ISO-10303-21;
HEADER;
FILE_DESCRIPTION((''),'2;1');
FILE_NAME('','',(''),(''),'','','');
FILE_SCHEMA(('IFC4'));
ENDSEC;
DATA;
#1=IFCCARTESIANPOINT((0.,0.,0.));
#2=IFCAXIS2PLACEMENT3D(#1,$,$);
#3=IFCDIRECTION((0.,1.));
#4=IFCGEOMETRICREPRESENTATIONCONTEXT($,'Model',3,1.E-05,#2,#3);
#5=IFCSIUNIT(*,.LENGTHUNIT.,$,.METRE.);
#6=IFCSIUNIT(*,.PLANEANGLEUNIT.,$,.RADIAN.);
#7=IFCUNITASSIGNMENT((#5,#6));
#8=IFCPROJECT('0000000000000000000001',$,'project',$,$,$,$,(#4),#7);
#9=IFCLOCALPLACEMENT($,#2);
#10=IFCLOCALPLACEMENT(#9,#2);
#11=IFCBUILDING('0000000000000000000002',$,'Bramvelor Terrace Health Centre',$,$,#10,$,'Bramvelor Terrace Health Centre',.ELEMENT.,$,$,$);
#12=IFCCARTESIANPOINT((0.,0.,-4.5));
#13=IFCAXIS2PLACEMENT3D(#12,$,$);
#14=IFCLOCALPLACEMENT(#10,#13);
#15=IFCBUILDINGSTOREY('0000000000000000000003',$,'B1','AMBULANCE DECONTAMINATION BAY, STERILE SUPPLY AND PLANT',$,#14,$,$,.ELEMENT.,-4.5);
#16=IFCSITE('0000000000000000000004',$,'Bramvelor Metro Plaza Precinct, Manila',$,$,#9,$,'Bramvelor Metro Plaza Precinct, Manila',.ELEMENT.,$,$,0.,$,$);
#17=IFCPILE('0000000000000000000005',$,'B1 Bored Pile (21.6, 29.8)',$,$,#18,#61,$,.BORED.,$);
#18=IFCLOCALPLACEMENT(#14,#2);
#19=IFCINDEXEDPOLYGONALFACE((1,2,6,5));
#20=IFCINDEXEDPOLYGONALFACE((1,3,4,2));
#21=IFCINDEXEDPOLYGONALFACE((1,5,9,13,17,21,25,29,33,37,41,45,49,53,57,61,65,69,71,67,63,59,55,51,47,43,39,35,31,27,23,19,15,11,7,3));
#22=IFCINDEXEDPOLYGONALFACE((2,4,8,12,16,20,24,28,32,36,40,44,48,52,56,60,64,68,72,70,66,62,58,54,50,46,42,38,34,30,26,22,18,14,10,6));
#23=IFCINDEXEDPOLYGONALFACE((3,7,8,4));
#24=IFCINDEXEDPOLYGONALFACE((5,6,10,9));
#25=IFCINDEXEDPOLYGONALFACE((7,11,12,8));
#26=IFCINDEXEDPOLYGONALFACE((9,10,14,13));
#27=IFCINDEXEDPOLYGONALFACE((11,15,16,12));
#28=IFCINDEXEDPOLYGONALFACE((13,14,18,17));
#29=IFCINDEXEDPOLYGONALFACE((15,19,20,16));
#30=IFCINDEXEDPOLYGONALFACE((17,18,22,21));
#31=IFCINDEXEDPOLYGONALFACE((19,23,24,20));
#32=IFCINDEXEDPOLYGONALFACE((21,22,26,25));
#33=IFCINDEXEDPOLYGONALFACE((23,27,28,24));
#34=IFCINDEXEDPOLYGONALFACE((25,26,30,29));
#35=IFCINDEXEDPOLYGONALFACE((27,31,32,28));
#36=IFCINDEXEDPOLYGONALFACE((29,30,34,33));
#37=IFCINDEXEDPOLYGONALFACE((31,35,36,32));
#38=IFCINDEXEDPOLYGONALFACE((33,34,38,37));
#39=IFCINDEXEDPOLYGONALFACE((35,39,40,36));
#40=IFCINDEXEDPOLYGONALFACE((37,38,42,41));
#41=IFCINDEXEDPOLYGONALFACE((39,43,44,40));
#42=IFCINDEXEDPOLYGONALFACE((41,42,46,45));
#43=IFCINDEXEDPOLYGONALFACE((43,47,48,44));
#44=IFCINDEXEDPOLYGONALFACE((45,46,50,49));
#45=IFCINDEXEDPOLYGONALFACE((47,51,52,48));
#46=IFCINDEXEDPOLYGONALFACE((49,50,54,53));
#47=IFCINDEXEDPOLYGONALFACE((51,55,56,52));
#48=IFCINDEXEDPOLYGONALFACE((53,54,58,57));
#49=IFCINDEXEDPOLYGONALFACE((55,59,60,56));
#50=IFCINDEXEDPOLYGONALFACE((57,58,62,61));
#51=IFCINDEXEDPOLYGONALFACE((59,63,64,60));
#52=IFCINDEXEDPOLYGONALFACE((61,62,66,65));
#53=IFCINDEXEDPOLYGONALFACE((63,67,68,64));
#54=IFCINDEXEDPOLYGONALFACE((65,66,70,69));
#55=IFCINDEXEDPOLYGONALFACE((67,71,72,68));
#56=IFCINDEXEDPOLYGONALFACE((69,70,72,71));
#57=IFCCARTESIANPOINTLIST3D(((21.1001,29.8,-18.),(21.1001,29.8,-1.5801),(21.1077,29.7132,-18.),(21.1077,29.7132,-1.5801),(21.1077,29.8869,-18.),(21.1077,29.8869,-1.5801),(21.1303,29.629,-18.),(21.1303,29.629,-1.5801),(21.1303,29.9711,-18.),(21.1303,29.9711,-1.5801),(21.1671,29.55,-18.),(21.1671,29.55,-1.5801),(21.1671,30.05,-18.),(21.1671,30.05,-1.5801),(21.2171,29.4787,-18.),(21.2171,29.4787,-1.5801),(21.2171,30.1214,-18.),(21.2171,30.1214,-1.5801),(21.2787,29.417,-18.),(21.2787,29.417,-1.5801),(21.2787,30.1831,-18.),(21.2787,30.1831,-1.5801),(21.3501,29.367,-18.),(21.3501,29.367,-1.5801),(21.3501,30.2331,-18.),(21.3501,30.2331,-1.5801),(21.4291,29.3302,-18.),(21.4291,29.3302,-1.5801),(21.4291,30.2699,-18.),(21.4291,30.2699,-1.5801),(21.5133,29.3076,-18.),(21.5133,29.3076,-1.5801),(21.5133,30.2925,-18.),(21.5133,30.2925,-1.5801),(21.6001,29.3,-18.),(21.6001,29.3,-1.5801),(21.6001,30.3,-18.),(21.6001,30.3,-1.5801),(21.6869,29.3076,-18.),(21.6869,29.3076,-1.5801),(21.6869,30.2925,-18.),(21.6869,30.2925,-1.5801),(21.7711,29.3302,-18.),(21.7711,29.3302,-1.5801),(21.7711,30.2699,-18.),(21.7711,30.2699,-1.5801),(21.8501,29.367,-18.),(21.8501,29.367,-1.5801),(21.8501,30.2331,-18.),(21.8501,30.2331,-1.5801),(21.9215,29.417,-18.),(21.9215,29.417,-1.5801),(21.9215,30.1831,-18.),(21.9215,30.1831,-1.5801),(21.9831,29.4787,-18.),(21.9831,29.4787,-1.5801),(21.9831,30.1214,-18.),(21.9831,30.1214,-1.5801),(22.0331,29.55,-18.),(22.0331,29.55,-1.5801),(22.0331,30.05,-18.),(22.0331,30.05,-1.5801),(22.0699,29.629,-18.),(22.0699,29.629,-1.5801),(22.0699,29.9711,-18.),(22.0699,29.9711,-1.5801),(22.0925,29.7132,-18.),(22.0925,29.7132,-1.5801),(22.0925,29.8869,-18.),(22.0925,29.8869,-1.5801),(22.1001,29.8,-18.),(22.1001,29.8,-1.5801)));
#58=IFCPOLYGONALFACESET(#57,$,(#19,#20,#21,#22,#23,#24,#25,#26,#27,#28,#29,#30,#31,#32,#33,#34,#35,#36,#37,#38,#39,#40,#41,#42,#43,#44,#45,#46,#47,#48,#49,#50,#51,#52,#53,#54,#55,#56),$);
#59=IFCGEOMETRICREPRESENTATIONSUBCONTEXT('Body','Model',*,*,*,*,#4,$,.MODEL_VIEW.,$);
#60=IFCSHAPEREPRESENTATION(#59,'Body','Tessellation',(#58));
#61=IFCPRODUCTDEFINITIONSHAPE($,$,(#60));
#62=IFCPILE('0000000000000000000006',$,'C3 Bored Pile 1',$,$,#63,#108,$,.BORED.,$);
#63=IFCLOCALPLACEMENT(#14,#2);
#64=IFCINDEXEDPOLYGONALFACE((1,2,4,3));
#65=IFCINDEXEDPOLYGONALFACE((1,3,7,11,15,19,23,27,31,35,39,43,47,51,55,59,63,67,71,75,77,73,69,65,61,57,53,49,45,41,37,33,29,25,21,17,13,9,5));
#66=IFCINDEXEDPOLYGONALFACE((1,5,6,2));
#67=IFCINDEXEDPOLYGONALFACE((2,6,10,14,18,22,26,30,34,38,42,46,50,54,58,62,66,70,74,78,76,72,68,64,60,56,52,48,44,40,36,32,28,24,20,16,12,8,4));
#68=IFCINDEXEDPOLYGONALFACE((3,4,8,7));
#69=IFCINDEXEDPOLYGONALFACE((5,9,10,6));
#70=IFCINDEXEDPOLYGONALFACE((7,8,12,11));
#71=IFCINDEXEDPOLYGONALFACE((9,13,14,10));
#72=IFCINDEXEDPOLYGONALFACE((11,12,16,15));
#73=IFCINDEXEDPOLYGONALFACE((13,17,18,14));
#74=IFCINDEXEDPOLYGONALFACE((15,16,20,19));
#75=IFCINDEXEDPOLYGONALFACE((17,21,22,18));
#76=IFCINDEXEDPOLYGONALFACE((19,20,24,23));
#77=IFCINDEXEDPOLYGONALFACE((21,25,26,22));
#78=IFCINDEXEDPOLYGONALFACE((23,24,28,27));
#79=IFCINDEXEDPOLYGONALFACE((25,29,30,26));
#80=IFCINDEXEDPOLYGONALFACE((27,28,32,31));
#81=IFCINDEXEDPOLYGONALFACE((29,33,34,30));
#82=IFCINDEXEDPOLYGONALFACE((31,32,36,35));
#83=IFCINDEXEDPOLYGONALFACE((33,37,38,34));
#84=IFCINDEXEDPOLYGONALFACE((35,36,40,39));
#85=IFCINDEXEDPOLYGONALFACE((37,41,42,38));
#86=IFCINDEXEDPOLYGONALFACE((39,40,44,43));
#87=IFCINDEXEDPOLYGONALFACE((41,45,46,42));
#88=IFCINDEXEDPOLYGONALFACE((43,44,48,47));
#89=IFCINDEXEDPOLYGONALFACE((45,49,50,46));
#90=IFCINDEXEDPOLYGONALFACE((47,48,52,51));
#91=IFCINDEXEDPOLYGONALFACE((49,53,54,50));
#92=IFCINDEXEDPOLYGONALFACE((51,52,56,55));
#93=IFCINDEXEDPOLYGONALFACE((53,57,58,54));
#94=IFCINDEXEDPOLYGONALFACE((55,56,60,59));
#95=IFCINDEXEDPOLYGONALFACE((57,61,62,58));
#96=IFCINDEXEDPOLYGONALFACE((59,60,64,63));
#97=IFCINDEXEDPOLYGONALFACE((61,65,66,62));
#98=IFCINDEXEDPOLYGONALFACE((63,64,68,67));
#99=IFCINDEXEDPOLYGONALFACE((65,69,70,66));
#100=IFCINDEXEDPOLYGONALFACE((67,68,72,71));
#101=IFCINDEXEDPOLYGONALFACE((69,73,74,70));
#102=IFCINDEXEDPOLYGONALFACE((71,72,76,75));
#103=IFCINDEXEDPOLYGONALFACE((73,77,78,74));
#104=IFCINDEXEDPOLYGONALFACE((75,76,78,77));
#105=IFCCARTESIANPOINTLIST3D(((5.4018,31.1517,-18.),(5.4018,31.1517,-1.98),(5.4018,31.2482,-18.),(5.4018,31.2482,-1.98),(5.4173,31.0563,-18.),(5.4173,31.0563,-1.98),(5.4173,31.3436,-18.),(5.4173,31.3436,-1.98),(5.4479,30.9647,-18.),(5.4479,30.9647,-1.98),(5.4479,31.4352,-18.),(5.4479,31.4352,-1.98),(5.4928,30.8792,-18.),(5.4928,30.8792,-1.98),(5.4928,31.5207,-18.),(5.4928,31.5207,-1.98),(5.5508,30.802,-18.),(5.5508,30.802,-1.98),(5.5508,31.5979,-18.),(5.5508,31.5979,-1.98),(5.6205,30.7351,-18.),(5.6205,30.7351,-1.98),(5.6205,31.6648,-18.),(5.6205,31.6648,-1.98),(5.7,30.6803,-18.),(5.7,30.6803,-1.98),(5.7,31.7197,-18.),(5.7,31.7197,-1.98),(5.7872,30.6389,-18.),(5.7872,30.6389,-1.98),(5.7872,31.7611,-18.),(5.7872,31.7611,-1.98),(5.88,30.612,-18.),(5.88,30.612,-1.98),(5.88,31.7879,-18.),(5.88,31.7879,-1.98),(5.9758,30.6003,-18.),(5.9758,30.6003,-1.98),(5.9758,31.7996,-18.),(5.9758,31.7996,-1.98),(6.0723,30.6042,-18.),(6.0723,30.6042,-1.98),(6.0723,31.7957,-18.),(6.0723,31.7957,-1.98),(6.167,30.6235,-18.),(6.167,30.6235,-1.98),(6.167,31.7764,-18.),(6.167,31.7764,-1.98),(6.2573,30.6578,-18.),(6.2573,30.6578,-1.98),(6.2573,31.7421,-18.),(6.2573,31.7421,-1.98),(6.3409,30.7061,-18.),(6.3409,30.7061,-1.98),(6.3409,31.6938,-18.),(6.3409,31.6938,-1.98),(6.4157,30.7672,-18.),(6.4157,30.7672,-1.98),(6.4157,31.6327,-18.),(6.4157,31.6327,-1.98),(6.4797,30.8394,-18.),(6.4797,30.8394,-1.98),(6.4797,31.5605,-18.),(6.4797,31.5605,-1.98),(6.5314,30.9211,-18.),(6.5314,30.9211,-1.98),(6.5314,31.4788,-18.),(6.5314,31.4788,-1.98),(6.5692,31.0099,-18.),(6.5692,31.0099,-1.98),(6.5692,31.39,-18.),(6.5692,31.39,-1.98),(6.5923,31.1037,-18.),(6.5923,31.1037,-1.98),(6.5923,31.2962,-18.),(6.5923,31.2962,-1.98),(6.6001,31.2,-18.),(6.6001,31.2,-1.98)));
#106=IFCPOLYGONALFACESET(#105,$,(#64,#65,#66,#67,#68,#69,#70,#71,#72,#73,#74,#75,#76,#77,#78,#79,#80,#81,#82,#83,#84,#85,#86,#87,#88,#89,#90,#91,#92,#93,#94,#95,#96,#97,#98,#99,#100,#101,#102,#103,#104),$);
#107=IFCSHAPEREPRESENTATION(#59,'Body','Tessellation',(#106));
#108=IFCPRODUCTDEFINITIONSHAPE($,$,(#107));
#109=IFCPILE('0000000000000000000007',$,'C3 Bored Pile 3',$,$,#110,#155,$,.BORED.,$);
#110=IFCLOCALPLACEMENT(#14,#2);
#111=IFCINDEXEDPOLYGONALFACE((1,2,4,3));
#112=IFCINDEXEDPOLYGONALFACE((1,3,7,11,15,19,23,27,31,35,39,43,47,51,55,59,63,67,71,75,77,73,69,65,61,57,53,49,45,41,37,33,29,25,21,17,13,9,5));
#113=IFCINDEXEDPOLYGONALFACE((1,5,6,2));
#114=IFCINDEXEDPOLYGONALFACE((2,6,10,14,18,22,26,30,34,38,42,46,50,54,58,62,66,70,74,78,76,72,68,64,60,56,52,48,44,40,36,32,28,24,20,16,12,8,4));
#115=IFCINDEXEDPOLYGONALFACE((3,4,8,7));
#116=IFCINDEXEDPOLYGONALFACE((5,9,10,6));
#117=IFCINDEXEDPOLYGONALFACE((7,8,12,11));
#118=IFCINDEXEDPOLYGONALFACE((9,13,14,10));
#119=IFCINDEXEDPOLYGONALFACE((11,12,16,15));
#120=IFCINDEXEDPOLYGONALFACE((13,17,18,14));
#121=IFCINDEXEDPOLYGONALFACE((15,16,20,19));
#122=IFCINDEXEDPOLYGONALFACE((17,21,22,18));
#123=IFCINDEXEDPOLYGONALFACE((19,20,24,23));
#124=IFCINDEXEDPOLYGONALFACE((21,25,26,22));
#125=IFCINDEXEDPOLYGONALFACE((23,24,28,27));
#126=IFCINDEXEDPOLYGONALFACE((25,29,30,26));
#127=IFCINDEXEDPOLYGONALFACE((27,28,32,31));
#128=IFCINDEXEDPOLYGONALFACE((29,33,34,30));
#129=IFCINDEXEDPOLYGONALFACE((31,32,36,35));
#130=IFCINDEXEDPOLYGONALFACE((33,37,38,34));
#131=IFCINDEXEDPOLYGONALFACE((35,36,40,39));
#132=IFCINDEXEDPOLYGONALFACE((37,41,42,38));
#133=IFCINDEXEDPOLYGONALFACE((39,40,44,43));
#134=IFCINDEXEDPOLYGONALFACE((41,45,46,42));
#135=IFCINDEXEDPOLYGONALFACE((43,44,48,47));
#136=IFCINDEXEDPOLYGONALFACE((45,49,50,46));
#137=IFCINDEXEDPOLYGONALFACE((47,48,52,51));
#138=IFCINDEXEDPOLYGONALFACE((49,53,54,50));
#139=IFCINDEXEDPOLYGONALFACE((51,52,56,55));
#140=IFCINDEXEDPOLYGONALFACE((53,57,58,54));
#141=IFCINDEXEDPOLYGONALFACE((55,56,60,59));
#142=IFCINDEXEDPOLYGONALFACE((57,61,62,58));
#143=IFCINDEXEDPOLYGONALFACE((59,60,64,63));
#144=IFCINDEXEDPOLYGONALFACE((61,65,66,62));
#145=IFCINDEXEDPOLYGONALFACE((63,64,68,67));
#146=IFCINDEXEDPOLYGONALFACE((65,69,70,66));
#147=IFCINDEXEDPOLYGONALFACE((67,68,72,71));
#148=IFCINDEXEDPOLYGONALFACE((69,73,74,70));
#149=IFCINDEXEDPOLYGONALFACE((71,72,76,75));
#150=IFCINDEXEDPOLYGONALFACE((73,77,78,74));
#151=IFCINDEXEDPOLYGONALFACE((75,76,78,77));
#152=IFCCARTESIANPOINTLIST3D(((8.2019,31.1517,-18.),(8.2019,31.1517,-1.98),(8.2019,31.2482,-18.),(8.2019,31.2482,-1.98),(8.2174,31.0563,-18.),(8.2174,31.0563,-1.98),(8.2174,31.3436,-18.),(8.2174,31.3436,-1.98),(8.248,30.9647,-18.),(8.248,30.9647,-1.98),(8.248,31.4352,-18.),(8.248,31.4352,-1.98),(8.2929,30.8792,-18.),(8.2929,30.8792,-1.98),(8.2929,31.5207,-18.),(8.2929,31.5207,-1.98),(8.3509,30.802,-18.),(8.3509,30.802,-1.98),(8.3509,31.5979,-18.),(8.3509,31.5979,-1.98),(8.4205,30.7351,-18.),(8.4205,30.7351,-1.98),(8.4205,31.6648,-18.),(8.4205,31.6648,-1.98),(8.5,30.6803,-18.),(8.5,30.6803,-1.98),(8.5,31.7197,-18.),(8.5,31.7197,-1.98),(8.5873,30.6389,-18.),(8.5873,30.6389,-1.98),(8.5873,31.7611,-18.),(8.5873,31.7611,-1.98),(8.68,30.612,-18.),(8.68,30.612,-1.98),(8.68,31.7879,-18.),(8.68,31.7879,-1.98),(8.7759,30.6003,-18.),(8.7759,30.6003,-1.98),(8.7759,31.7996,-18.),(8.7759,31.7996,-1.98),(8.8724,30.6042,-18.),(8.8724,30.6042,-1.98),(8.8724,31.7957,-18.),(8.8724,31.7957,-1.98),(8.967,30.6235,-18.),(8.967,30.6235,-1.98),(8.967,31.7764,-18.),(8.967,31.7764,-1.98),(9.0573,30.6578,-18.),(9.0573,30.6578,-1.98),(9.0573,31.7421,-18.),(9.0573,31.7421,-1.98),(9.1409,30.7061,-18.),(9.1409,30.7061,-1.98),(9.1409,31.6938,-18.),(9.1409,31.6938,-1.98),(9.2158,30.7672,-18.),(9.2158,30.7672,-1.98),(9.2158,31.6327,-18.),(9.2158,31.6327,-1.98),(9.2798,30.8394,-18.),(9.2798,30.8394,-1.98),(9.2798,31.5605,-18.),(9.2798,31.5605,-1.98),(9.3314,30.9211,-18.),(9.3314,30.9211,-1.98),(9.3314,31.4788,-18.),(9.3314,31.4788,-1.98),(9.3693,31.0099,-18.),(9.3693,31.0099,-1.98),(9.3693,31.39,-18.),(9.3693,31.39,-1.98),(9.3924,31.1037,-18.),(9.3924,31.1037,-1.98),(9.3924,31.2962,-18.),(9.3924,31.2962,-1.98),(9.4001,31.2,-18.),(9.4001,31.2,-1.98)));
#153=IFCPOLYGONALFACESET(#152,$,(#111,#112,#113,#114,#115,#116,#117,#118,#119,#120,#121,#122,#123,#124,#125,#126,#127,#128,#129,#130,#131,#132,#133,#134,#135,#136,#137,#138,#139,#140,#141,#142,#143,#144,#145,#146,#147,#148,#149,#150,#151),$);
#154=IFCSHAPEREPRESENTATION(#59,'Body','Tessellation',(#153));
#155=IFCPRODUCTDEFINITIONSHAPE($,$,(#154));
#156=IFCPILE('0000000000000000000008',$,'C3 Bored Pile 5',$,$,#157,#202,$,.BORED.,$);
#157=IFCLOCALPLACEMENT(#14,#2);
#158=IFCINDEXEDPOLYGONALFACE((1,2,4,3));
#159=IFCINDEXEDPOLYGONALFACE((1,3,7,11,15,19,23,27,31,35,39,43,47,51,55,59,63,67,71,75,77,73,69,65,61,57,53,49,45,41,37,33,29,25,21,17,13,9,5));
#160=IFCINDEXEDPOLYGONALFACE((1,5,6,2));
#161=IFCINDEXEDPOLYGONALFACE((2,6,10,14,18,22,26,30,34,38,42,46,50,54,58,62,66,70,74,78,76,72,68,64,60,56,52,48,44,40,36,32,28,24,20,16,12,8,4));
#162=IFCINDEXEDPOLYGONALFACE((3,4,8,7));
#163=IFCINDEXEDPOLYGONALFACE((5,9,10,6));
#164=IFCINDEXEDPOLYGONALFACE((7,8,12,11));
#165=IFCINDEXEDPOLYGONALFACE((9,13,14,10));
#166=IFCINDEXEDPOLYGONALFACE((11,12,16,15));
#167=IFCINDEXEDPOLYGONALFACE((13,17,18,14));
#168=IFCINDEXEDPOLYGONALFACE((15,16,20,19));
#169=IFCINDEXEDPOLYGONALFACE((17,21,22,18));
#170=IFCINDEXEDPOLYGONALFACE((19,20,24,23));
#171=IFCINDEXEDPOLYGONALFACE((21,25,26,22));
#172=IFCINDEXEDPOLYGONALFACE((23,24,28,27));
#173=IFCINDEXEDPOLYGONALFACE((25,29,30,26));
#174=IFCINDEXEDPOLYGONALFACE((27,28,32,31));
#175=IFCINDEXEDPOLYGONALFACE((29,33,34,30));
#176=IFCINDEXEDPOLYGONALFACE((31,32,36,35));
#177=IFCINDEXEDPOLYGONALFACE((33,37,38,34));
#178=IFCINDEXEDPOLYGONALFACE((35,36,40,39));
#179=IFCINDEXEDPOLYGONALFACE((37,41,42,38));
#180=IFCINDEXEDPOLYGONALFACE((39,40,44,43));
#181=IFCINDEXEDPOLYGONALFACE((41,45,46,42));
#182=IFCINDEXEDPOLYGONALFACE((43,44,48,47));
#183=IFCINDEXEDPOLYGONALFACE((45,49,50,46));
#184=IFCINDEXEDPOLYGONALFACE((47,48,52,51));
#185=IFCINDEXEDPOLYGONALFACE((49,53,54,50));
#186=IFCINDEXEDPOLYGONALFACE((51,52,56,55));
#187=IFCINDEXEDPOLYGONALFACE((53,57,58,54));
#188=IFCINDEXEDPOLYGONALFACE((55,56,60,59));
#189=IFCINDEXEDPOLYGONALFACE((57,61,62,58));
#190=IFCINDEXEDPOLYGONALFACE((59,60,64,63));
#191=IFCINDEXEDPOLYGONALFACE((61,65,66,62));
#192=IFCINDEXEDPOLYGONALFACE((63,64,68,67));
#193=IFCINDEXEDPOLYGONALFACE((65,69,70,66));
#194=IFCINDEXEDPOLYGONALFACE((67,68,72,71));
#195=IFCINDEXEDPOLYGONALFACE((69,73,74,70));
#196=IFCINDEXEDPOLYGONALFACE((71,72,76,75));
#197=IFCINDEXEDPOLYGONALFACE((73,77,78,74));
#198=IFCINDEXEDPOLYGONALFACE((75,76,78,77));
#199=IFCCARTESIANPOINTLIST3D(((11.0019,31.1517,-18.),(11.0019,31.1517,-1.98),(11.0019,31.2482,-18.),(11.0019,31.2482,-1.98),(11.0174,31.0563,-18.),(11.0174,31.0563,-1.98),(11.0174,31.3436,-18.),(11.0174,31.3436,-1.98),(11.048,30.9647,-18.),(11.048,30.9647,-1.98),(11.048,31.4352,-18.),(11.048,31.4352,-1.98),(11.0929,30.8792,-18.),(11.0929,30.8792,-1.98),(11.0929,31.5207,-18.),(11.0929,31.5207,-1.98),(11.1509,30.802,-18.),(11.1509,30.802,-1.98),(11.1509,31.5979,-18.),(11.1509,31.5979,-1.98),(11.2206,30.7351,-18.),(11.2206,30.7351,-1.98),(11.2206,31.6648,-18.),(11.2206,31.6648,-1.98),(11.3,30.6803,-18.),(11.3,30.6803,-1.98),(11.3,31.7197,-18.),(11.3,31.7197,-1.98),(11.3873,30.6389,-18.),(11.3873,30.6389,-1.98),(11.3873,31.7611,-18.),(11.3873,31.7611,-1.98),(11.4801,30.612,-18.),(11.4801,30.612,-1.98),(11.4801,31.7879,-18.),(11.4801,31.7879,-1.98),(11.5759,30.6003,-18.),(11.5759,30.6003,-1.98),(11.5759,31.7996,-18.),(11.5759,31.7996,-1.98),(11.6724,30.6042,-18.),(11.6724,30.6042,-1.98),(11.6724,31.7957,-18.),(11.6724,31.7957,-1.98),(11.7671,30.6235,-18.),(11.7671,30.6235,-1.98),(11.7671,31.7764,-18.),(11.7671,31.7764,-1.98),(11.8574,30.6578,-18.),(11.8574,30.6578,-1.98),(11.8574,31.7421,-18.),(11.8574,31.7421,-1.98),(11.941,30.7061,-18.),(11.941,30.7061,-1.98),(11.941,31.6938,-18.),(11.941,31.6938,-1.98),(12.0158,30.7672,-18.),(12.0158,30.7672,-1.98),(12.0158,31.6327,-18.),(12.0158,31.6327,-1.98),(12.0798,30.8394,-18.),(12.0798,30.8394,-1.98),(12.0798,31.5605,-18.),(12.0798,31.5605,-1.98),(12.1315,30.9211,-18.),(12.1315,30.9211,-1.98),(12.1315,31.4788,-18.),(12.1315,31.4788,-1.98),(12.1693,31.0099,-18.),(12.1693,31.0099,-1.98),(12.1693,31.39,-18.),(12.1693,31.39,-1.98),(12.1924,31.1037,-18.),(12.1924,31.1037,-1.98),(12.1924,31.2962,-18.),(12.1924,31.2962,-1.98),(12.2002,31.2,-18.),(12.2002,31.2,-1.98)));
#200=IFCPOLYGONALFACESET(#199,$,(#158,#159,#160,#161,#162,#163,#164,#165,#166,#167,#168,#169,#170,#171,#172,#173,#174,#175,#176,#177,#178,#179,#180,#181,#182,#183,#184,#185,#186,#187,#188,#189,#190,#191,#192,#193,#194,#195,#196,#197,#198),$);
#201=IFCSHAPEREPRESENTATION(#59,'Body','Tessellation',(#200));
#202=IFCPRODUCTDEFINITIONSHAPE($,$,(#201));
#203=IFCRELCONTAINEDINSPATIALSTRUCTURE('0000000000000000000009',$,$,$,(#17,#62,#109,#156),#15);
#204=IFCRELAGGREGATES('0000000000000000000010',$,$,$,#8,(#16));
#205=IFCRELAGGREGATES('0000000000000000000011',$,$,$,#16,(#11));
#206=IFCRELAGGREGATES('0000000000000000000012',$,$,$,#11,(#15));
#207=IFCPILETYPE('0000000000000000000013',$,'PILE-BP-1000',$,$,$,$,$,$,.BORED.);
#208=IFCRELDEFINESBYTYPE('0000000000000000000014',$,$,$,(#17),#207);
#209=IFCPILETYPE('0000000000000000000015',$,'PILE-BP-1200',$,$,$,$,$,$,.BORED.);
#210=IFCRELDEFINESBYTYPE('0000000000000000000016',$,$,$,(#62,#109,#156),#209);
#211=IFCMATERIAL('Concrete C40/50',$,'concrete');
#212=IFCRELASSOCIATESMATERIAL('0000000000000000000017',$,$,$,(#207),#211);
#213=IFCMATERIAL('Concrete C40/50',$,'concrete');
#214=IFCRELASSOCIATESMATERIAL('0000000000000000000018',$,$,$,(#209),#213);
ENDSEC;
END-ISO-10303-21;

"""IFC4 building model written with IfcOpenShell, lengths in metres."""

from ifc_helpers import new_model, si_unit, direction, frame, origin, origin_2d, place, context, subcontext, project, spatial, circle, extrude, material, material_profile, profile_set, type_object, element, save


model = new_model("IFC4")

# Units and contexts
model_context = context("Model", 3, precision=1e-05, world=origin(), true_north=direction((0.0, 1.0)))
body_context = subcontext(model_context, "Body", "Model", "MODEL_VIEW")
ifc_project = project(units=[si_unit("LENGTHUNIT", "METRE"), si_unit("PLANEANGLEUNIT", "RADIAN")], contexts=[model_context])

# Site, building, storey
site_placement = place(None, origin())
site = spatial("IfcSite", under=ifc_project, at=site_placement, Name="Bramvelor Metro Plaza Precinct, Manila", LongName="Bramvelor Metro Plaza Precinct, Manila", CompositionType="ELEMENT", RefElevation=0.0)
building_placement = place(site_placement, origin())
building = spatial("IfcBuilding", under=site, at=building_placement, Name="Bramvelor Terrace Health Centre", LongName="Bramvelor Terrace Health Centre", CompositionType="ELEMENT")
storey_placement = place(building_placement, frame((0.0, 0.0, -4.5)))
storey = spatial("IfcBuildingStorey", under=building, at=storey_placement, Name="B1", Description="AMBULANCE DECONTAMINATION BAY, STERILE SUPPLY AND PLANT", CompositionType="ELEMENT", Elevation=-4.5)

# Piles
ifc_material_1 = material(Name="Concrete C40/50", Category="concrete")
ifc_material_profile_1 = material_profile(ifc_material_1, circle(Radius=0.5, at=origin_2d()), Name="BP D1000")
ifc_profile_set_1 = profile_set([ifc_material_profile_1], Name="Concrete C40/50")
pile_type_1 = type_object("IfcPileType", Name="PILE-BP-1000", PredefinedType="BORED", material=ifc_profile_set_1)
for number, where, z_axis, x_axis, name in (
    (1, (21.6001, 29.8, -1.5801), (0.0, 0.0, -1.0), (1.0, 0.0, 0.0), "B1 Bored Pile (21.6, 29.8)"),
):
    element("IfcPile", number, at=place(storey_placement, frame(where, z_axis=z_axis, x_axis=x_axis)), inside=storey, type_object=pile_type_1, Name=name, PredefinedType="BORED", context=body_context, shape_type="SweptSolid", body=[
        extrude(circle(Radius=0.5, at=origin_2d()), origin(), (0.0, 0.0, 1.0), 16.4199),
    ])
ifc_material_2 = material(Name="Concrete C40/50", Category="concrete")
ifc_material_profile_2 = material_profile(ifc_material_2, circle(Radius=0.6001, at=origin_2d()), Name="BP D1200")
ifc_profile_set_2 = profile_set([ifc_material_profile_2], Name="Concrete C40/50")
pile_type_2 = type_object("IfcPileType", Name="PILE-BP-1200", PredefinedType="BORED", material=ifc_profile_set_2)
for number, where, z_axis, x_axis, name in (
    (2, (6.0, 31.2, -1.98), (0.0, 0.0, -1.0), (1.0, 0.0, 0.0), "C3 Bored Pile 1"),
    (3, (8.8, 31.2, -1.98), (0.0, 0.0, -1.0), (1.0, 0.0, 0.0), "C3 Bored Pile 3"),
    (4, (11.6001, 31.2, -1.98), (0.0, 0.0, -1.0), (1.0, 0.0, 0.0), "C3 Bored Pile 5"),
):
    element("IfcPile", number, at=place(storey_placement, frame(where, z_axis=z_axis, x_axis=x_axis)), inside=storey, type_object=pile_type_2, Name=name, PredefinedType="BORED", context=body_context, shape_type="SweptSolid", body=[
        extrude(circle(Radius=0.6001, at=origin_2d()), origin(), (0.0, 0.0, 1.0), 16.02),
    ])

save(model, "model.ifc")
